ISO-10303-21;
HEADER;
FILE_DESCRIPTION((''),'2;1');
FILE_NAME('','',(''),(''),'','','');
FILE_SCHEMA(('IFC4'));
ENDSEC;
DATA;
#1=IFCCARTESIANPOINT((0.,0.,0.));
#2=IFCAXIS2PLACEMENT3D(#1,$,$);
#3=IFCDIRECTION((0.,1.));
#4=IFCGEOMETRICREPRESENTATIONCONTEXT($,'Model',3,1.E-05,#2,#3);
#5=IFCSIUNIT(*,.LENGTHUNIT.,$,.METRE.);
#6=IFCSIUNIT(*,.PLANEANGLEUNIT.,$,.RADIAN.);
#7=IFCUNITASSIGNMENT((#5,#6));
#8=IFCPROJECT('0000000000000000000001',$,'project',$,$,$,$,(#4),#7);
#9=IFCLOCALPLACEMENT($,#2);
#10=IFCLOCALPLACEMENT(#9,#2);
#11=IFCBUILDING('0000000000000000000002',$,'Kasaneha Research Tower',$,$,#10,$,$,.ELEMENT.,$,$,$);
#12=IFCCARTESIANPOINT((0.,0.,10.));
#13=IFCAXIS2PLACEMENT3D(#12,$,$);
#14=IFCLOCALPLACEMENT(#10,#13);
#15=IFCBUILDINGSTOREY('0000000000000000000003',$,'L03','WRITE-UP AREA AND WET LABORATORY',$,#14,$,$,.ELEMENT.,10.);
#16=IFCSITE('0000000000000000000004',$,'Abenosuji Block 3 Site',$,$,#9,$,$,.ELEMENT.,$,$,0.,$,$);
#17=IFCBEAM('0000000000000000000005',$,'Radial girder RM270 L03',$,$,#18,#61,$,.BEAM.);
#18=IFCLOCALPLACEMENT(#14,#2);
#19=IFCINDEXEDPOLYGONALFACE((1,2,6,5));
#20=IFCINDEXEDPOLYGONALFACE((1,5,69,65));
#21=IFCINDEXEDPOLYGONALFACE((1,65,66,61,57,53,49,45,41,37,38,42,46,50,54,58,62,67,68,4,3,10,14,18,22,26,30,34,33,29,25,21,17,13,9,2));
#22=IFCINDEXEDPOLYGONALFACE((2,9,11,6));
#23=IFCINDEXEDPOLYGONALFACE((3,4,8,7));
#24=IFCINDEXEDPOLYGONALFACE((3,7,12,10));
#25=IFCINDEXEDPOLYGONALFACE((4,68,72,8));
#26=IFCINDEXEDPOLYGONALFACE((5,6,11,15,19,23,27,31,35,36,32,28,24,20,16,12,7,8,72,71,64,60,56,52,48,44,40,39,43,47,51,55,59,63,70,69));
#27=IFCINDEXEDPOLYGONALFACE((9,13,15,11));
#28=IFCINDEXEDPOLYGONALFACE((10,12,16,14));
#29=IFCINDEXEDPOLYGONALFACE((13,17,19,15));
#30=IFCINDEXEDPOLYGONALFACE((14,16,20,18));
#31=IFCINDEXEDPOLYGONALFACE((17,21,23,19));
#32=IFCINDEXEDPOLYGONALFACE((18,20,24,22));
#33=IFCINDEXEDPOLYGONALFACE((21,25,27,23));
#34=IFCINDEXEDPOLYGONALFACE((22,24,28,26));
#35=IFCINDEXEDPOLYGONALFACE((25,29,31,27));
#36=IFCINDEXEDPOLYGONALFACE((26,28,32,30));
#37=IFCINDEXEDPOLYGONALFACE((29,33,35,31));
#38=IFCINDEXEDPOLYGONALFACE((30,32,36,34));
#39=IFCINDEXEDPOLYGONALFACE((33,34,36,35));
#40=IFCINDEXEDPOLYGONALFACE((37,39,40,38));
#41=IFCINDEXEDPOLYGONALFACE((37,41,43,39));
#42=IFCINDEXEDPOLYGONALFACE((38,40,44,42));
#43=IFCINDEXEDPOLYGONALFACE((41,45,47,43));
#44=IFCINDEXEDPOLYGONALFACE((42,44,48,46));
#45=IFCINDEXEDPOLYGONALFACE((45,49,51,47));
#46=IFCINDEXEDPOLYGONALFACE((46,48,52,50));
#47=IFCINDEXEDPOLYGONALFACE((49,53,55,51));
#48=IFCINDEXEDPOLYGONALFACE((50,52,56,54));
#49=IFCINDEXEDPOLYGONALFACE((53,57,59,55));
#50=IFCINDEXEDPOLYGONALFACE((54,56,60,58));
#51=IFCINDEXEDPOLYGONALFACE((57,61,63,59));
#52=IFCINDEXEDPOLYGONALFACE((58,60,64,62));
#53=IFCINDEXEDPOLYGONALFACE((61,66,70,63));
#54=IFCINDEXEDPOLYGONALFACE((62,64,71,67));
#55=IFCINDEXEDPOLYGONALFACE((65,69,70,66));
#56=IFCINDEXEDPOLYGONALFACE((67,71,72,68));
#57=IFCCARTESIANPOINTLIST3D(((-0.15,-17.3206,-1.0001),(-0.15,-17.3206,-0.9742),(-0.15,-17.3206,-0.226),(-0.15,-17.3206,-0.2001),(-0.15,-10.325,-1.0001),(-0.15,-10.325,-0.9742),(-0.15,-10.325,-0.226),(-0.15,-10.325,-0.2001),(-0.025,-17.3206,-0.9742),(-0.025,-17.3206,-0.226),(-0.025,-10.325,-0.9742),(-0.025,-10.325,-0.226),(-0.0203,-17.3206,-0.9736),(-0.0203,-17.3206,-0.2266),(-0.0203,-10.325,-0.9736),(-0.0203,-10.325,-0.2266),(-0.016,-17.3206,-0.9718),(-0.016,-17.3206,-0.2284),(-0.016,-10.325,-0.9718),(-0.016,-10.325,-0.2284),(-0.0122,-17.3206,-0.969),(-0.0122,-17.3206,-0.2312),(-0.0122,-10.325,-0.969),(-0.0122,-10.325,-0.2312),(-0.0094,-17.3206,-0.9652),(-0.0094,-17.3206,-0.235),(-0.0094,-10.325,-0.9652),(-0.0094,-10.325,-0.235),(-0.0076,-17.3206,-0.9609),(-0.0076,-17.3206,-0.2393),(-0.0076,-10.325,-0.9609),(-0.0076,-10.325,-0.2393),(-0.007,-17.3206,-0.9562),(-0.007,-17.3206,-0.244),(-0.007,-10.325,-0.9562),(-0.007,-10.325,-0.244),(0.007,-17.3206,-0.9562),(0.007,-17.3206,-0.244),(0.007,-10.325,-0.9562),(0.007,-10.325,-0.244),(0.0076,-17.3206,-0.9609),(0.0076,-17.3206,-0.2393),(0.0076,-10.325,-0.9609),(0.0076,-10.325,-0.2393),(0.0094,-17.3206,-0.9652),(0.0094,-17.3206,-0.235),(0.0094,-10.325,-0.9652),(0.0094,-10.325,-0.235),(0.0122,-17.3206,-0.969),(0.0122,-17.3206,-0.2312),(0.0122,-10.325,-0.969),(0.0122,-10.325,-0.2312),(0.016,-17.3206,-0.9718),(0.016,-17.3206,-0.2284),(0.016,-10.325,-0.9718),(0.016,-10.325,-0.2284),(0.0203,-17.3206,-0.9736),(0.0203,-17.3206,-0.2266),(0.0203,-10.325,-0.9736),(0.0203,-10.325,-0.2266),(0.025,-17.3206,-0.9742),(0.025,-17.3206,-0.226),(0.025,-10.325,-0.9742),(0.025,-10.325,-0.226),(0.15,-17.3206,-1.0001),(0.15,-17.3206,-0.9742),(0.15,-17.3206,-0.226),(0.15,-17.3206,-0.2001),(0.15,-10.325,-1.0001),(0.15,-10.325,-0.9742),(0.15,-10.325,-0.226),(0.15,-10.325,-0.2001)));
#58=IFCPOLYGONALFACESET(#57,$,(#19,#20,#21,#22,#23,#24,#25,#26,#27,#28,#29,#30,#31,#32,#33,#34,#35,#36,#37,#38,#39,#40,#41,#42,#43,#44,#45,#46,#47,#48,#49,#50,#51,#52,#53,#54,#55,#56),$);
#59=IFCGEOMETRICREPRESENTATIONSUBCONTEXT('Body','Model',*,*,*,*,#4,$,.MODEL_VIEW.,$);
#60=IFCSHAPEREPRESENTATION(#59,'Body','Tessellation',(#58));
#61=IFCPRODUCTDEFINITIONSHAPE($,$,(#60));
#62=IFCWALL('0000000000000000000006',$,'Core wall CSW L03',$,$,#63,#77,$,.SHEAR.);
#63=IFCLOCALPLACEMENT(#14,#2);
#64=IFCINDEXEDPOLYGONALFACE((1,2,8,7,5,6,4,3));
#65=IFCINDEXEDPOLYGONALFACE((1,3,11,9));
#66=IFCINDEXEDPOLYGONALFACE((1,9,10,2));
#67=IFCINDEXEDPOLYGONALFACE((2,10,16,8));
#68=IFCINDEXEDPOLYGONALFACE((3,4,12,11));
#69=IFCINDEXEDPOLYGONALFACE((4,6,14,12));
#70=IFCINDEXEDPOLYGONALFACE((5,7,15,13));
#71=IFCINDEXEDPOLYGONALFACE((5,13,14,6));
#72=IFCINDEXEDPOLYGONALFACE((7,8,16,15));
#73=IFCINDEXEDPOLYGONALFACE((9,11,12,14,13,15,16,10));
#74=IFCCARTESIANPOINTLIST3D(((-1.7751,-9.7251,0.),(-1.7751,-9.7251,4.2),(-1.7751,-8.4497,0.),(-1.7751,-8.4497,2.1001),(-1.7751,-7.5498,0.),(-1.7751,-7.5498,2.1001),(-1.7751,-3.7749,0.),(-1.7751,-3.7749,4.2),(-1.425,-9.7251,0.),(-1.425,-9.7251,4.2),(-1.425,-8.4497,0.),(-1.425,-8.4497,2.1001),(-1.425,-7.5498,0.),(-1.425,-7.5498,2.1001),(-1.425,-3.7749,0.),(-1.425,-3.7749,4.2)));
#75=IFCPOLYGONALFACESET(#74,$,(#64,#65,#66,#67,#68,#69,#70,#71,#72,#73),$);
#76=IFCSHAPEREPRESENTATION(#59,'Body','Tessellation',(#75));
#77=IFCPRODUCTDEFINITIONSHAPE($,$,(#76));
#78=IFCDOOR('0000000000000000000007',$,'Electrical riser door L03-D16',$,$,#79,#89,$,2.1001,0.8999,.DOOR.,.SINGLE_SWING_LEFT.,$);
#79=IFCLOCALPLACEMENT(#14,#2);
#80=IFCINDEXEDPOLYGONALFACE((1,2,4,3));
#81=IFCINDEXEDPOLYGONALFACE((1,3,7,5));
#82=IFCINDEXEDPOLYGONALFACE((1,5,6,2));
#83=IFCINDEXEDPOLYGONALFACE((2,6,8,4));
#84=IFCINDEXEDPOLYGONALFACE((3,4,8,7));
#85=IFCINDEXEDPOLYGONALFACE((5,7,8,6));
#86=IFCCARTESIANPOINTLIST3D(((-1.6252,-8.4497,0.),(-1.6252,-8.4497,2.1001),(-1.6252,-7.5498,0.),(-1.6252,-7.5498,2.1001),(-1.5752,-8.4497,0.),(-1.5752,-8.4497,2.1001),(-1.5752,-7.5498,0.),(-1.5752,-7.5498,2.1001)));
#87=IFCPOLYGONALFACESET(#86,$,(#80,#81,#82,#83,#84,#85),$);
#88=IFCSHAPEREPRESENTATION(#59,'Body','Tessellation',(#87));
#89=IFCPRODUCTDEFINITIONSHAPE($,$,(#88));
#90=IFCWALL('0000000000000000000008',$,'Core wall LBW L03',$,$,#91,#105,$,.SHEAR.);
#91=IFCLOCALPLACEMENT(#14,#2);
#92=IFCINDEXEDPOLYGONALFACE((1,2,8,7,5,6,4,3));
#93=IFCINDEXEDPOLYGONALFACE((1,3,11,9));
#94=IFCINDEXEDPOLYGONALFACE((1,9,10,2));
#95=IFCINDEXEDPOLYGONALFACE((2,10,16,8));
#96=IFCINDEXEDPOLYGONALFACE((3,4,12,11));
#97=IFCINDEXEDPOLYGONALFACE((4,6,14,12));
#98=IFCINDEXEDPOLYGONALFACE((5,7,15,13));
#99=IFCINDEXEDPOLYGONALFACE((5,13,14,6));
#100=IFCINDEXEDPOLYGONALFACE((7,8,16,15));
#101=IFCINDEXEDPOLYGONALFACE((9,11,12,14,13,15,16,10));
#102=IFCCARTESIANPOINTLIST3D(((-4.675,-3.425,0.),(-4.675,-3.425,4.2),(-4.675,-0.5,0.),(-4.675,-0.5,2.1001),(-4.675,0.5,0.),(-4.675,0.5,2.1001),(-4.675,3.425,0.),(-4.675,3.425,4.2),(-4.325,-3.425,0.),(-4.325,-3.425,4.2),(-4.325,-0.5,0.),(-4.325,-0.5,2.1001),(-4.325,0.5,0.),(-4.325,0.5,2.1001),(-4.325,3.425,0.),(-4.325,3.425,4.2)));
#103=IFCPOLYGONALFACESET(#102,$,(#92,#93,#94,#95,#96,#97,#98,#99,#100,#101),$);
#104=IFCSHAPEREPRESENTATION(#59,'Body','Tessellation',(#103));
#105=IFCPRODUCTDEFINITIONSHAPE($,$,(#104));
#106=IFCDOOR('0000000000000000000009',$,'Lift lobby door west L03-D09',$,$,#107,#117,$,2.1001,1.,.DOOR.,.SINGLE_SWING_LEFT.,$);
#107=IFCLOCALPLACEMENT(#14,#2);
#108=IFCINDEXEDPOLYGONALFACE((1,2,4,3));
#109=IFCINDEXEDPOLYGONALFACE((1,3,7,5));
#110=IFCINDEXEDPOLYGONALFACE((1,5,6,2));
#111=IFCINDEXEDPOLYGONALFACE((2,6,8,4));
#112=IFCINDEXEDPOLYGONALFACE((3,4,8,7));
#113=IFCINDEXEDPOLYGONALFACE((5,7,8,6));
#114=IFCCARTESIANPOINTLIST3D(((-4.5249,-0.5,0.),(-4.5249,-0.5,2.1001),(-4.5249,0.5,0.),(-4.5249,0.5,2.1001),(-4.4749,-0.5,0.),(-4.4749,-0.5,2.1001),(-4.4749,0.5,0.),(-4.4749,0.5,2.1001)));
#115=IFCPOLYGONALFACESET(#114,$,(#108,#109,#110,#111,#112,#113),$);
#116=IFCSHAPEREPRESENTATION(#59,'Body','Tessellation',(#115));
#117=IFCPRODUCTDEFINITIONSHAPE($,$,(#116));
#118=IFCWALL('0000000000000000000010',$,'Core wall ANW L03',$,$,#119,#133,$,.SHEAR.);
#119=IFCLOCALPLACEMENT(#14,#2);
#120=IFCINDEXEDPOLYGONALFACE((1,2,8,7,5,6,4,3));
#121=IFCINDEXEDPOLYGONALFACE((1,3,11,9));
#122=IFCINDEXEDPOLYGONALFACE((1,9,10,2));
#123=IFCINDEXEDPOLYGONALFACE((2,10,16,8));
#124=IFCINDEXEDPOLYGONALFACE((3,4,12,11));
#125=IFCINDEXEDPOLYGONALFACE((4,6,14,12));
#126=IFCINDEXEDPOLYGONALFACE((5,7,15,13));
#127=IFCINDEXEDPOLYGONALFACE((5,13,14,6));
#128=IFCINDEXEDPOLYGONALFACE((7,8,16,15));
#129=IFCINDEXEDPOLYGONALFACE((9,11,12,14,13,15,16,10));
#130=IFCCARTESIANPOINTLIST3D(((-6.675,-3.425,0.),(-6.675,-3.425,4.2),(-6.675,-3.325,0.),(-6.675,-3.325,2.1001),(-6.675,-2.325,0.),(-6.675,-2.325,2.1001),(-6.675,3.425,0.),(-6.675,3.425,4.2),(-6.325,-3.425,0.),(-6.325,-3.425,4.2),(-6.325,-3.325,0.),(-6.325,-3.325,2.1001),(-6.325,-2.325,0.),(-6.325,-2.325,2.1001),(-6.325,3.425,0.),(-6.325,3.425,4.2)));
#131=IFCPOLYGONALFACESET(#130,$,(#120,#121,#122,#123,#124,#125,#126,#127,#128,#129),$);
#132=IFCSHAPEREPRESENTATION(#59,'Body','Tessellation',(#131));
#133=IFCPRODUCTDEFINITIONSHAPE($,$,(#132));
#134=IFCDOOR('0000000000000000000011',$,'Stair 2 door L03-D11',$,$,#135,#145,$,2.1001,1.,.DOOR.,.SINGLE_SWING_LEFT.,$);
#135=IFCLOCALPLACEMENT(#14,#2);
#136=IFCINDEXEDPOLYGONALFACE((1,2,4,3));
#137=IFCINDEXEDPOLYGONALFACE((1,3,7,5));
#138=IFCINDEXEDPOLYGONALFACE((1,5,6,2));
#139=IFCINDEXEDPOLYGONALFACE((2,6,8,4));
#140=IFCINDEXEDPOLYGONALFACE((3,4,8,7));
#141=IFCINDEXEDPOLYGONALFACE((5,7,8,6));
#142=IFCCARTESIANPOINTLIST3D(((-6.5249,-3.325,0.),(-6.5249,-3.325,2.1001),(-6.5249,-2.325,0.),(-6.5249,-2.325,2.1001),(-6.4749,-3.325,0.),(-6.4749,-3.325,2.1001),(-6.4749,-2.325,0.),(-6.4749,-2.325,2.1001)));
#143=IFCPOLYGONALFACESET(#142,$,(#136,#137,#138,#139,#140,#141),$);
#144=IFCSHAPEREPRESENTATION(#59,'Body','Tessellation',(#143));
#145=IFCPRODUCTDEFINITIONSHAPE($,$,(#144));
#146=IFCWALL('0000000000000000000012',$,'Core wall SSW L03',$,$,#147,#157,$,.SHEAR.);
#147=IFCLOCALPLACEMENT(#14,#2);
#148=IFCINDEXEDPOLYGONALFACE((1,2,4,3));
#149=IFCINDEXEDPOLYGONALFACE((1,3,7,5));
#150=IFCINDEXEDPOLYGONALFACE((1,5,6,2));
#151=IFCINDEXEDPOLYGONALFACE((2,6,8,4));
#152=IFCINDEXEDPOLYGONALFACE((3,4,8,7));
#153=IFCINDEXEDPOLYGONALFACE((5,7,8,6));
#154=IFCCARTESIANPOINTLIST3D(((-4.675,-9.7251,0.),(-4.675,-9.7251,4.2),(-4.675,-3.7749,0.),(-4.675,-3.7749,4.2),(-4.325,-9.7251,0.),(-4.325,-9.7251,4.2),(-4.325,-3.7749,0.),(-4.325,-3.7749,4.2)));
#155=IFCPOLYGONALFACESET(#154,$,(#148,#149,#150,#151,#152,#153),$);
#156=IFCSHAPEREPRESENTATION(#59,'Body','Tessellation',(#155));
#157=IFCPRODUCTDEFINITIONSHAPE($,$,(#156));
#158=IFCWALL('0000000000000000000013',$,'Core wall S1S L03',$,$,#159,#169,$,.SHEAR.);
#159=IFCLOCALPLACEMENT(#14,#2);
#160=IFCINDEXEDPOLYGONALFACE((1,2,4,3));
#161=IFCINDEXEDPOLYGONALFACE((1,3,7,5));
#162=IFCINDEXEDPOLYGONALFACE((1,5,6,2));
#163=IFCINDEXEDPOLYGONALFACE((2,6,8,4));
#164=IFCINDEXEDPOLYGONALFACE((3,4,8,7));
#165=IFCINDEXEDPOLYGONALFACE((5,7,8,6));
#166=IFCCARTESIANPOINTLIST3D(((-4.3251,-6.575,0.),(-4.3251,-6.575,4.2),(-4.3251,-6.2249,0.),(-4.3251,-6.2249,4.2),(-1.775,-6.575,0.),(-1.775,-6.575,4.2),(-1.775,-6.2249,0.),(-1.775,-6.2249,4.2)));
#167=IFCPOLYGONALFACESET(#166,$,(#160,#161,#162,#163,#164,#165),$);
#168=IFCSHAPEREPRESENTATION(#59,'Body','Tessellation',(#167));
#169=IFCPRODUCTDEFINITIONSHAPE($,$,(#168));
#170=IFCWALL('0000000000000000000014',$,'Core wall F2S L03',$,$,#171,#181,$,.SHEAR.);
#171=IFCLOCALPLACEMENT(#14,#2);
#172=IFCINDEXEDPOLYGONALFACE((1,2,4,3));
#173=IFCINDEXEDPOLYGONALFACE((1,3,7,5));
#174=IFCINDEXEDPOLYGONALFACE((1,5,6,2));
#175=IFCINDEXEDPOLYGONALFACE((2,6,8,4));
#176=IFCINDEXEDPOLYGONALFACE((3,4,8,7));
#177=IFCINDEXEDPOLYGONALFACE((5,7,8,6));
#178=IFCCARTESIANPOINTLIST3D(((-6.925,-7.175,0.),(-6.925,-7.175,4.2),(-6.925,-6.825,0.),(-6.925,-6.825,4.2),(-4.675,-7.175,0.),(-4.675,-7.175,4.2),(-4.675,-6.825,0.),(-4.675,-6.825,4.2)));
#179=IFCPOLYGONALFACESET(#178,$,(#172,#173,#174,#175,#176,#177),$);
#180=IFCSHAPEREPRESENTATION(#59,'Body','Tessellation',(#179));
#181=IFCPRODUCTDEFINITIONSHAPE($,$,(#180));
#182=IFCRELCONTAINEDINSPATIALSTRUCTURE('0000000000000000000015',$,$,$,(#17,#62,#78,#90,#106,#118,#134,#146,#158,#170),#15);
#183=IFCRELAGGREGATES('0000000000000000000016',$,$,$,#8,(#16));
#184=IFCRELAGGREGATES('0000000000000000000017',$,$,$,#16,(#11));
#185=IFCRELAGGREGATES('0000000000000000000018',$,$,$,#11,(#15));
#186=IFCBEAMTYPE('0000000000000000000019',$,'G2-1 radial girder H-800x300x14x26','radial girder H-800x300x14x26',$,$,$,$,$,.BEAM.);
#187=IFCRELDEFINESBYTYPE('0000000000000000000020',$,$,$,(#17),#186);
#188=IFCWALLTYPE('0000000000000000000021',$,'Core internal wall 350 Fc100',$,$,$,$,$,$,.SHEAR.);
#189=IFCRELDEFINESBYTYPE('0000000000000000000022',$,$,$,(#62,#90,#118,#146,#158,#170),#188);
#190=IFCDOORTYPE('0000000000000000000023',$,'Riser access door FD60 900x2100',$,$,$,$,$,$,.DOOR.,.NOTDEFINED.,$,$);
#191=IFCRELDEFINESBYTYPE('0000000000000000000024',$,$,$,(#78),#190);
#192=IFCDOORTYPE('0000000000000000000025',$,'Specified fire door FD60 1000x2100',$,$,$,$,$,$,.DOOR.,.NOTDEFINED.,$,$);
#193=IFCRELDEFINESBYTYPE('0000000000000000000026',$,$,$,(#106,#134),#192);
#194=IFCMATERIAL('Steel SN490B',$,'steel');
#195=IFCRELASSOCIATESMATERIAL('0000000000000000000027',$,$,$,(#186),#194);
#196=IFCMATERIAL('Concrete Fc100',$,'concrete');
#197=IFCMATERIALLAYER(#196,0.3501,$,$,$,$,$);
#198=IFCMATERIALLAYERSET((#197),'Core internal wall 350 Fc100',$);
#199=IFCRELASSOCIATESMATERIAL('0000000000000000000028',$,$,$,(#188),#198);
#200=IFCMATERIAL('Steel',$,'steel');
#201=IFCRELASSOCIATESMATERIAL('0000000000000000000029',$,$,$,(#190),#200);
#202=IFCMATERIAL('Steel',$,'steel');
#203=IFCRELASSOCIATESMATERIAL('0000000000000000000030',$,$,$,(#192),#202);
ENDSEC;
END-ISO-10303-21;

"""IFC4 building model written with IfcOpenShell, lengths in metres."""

from ifc_helpers import new_model, si_unit, direction, frame, frame_2d, origin, origin_2d, place, context, subcontext, project, spatial, rectangle, i_section, extrude, material, layer, layer_set, material_profile, profile_set, type_object, element, fill, save


model = new_model("IFC4")

# Units and contexts
model_context = context("Model", 3, precision=1e-05, world=origin(), true_north=direction((0.0, 1.0)))
body_context = subcontext(model_context, "Body", "Model", "MODEL_VIEW")
ifc_project = project(units=[si_unit("LENGTHUNIT", "METRE"), si_unit("PLANEANGLEUNIT", "RADIAN")], contexts=[model_context])

# Site, building, storey
site_placement = place(None, origin())
site = spatial("IfcSite", under=ifc_project, at=site_placement, Name="Abenosuji Block 3 Site", CompositionType="ELEMENT", RefElevation=0.0)
building_placement = place(site_placement, origin())
building = spatial("IfcBuilding", under=site, at=building_placement, Name="Kasaneha Research Tower", CompositionType="ELEMENT")
storey_placement = place(building_placement, frame((0.0, 0.0, 10.0)))
storey = spatial("IfcBuildingStorey", under=building, at=storey_placement, Name="L03", Description="WRITE-UP AREA AND WET LABORATORY", CompositionType="ELEMENT", Elevation=10.0)

# Beam
ifc_material_1 = material(Name="Steel SN490B", Category="steel")
ifc_material_profile_1 = material_profile(ifc_material_1, i_section(OverallWidth=0.3, OverallDepth=0.8, WebThickness=0.0139, FlangeThickness=0.0259, FilletRadius=0.0181, at=origin_2d()), Name="H-800x300x14x26")
ifc_profile_set_1 = profile_set([ifc_material_profile_1], Name="Steel SN490B")
beam_type_1 = type_object("IfcBeamType", Name="G2-1 radial girder H-800x300x14x26", Description="radial girder H-800x300x14x26", PredefinedType="BEAM", material=ifc_profile_set_1)
beam_1_placement = place(storey_placement, frame((0.0, -10.325, -0.6001), z_axis=(0.0, -1.0, 0.0), x_axis=(1.0, 0.0, 0.0)))
element("IfcBeam", 1, at=beam_1_placement, inside=storey, type_object=beam_type_1, Name="Radial girder RM270 L03", PredefinedType="BEAM", context=body_context, shape_type="SweptSolid", body=[
    extrude(i_section(OverallWidth=0.3, OverallDepth=0.8, WebThickness=0.0139, FlangeThickness=0.0259, FilletRadius=0.0181, at=origin_2d()), origin(), (0.0, 0.0, 1.0), 6.9956),
])

# Walls, openings, doors
ifc_material_2 = material(Name="Concrete Fc100", Category="concrete")
ifc_layer_1 = layer(ifc_material_2, 0.3501)
ifc_layer_set_1 = layer_set([ifc_layer_1], Name="Core internal wall 350 Fc100")
wall_type_1 = type_object("IfcWallType", Name="Core internal wall 350 Fc100", PredefinedType="SHEAR", material=ifc_layer_set_1)
wall_1_placement = place(storey_placement, frame((-1.6001, -3.7749, 0.0), z_axis=(0.0, 0.0, 1.0), x_axis=(0.0, -1.0, 0.0)))
wall_1 = element("IfcWall", 2, at=wall_1_placement, inside=storey, type_object=wall_type_1, Name="Core wall CSW L03", PredefinedType="SHEAR", context=body_context, shape_type="SweptSolid", body=[
    extrude(rectangle(XDim=5.9502, YDim=0.3501, at=frame_2d((2.9751, 0.0))), origin(), (0.0, 0.0, 1.0), 4.2),
])
opening_1_placement = place(wall_1_placement, frame((3.7749, 0.0, 0.0)))
opening_1 = element("IfcOpeningElement", 3, at=opening_1_placement, cuts=wall_1, PredefinedType="OPENING", context=body_context, shape_type="SweptSolid", body=[
    extrude(rectangle(XDim=0.8999, YDim=2.1001, at=frame_2d((0.45, 1.05))), frame((0.0, 0.1851, 0.0), z_axis=(0.0, -1.0, 0.0), x_axis=(1.0, 0.0, 0.0)), (0.0, 0.0, 1.0), 0.3701),
])
ifc_material_3 = material(Name="Steel", Category="steel")
door_type_1 = type_object("IfcDoorType", Name="Riser access door FD60 900x2100", OperationType="NOTDEFINED", PredefinedType="DOOR", material=ifc_material_3)
door_1_placement = place(opening_1_placement, origin())
door_1 = element("IfcDoor", 4, at=door_1_placement, inside=storey, type_object=door_type_1, Name="Electrical riser door L03-D16", OperationType="SINGLE_SWING_LEFT", OverallHeight=2.1001, OverallWidth=0.8999, PredefinedType="DOOR", context=body_context, shape_type="SweptSolid", body=[
    extrude(rectangle(XDim=0.8999, YDim=2.1001, at=frame_2d((0.45, 1.05))), frame((0.0, 0.0249, 0.0), z_axis=(0.0, -1.0, 0.0), x_axis=(1.0, 0.0, 0.0)), (0.0, 0.0, 1.0), 0.05),
])
fill(opening_1, door_1)
wall_2_placement = place(storey_placement, frame((-4.5, -3.425, 0.0), z_axis=(0.0, 0.0, 1.0), x_axis=(0.0, 1.0, 0.0)))
wall_2 = element("IfcWall", 5, at=wall_2_placement, inside=storey, type_object=wall_type_1, Name="Core wall LBW L03", PredefinedType="SHEAR", context=body_context, shape_type="SweptSolid", body=[
    extrude(rectangle(XDim=6.8501, YDim=0.3501, at=frame_2d((3.425, 0.0))), origin(), (0.0, 0.0, 1.0), 4.2),
])
opening_2_placement = place(wall_2_placement, frame((2.925, 0.0, 0.0)))
opening_2 = element("IfcOpeningElement", 6, at=opening_2_placement, cuts=wall_2, PredefinedType="OPENING", context=body_context, shape_type="SweptSolid", body=[
    extrude(rectangle(XDim=1.0, YDim=2.1001, at=frame_2d((0.5, 1.05))), frame((0.0, 0.1851, 0.0), z_axis=(0.0, -1.0, 0.0), x_axis=(1.0, 0.0, 0.0)), (0.0, 0.0, 1.0), 0.3701),
])
ifc_material_4 = material(Name="Steel", Category="steel")
door_type_2 = type_object("IfcDoorType", Name="Specified fire door FD60 1000x2100", OperationType="NOTDEFINED", PredefinedType="DOOR", material=ifc_material_4)
door_2_placement = place(opening_2_placement, origin())
door_2 = element("IfcDoor", 7, at=door_2_placement, inside=storey, type_object=door_type_2, Name="Lift lobby door west L03-D09", OperationType="SINGLE_SWING_LEFT", OverallHeight=2.1001, OverallWidth=1.0, PredefinedType="DOOR", context=body_context, shape_type="SweptSolid", body=[
    extrude(rectangle(XDim=1.0, YDim=2.1001, at=frame_2d((0.5, 1.05))), frame((0.0, 0.0249, 0.0), z_axis=(0.0, -1.0, 0.0), x_axis=(1.0, 0.0, 0.0)), (0.0, 0.0, 1.0), 0.05),
])
fill(opening_2, door_2)
wall_3_placement = place(storey_placement, frame((-6.5, -3.425, 0.0), z_axis=(0.0, 0.0, 1.0), x_axis=(0.0, 1.0, 0.0)))
wall_3 = element("IfcWall", 8, at=wall_3_placement, inside=storey, type_object=wall_type_1, Name="Core wall ANW L03", PredefinedType="SHEAR", context=body_context, shape_type="SweptSolid", body=[
    extrude(rectangle(XDim=6.8501, YDim=0.3501, at=frame_2d((3.425, 0.0))), origin(), (0.0, 0.0, 1.0), 4.2),
])
opening_3_placement = place(wall_3_placement, frame((0.1001, 0.0, 0.0)))
opening_3 = element("IfcOpeningElement", 9, at=opening_3_placement, cuts=wall_3, PredefinedType="OPENING", context=body_context, shape_type="SweptSolid", body=[
    extrude(rectangle(XDim=1.0, YDim=2.1001, at=frame_2d((0.5, 1.05))), frame((0.0, 0.1851, 0.0), z_axis=(0.0, -1.0, 0.0), x_axis=(1.0, 0.0, 0.0)), (0.0, 0.0, 1.0), 0.3701),
])
door_3_placement = place(opening_3_placement, origin())
door_3 = element("IfcDoor", 10, at=door_3_placement, inside=storey, type_object=door_type_2, Name="Stair 2 door L03-D11", OperationType="SINGLE_SWING_LEFT", OverallHeight=2.1001, OverallWidth=1.0, PredefinedType="DOOR", context=body_context, shape_type="SweptSolid", body=[
    extrude(rectangle(XDim=1.0, YDim=2.1001, at=frame_2d((0.5, 1.05))), frame((0.0, 0.0249, 0.0), z_axis=(0.0, -1.0, 0.0), x_axis=(1.0, 0.0, 0.0)), (0.0, 0.0, 1.0), 0.05),
])
fill(opening_3, door_3)

# Walls
wall_4_placement = place(storey_placement, frame((-4.5, -3.7749, 0.0), z_axis=(0.0, 0.0, 1.0), x_axis=(0.0, -1.0, 0.0)))
element("IfcWall", 11, at=wall_4_placement, inside=storey, type_object=wall_type_1, Name="Core wall SSW L03", PredefinedType="SHEAR", context=body_context, shape_type="SweptSolid", body=[
    extrude(rectangle(XDim=5.9502, YDim=0.3501, at=frame_2d((2.9751, 0.0))), origin(), (0.0, 0.0, 1.0), 4.2),
])
wall_5_placement = place(storey_placement, frame((-4.325, -6.3999, 0.0), z_axis=(0.0, 0.0, 1.0), x_axis=(1.0, 0.0, 0.0)))
element("IfcWall", 12, at=wall_5_placement, inside=storey, type_object=wall_type_1, Name="Core wall S1S L03", PredefinedType="SHEAR", context=body_context, shape_type="SweptSolid", body=[
    extrude(rectangle(XDim=2.55, YDim=0.3501, at=frame_2d((1.2749, 0.0))), origin(), (0.0, 0.0, 1.0), 4.2),
])
wall_6_placement = place(storey_placement, frame((-6.925, -7.0, 0.0), z_axis=(0.0, 0.0, 1.0), x_axis=(1.0, 0.0, 0.0)))
element("IfcWall", 13, at=wall_6_placement, inside=storey, type_object=wall_type_1, Name="Core wall F2S L03", PredefinedType="SHEAR", context=body_context, shape_type="SweptSolid", body=[
    extrude(rectangle(XDim=2.25, YDim=0.3501, at=frame_2d((1.125, 0.0))), origin(), (0.0, 0.0, 1.0), 4.2),
])

save(model, "model.ifc")
